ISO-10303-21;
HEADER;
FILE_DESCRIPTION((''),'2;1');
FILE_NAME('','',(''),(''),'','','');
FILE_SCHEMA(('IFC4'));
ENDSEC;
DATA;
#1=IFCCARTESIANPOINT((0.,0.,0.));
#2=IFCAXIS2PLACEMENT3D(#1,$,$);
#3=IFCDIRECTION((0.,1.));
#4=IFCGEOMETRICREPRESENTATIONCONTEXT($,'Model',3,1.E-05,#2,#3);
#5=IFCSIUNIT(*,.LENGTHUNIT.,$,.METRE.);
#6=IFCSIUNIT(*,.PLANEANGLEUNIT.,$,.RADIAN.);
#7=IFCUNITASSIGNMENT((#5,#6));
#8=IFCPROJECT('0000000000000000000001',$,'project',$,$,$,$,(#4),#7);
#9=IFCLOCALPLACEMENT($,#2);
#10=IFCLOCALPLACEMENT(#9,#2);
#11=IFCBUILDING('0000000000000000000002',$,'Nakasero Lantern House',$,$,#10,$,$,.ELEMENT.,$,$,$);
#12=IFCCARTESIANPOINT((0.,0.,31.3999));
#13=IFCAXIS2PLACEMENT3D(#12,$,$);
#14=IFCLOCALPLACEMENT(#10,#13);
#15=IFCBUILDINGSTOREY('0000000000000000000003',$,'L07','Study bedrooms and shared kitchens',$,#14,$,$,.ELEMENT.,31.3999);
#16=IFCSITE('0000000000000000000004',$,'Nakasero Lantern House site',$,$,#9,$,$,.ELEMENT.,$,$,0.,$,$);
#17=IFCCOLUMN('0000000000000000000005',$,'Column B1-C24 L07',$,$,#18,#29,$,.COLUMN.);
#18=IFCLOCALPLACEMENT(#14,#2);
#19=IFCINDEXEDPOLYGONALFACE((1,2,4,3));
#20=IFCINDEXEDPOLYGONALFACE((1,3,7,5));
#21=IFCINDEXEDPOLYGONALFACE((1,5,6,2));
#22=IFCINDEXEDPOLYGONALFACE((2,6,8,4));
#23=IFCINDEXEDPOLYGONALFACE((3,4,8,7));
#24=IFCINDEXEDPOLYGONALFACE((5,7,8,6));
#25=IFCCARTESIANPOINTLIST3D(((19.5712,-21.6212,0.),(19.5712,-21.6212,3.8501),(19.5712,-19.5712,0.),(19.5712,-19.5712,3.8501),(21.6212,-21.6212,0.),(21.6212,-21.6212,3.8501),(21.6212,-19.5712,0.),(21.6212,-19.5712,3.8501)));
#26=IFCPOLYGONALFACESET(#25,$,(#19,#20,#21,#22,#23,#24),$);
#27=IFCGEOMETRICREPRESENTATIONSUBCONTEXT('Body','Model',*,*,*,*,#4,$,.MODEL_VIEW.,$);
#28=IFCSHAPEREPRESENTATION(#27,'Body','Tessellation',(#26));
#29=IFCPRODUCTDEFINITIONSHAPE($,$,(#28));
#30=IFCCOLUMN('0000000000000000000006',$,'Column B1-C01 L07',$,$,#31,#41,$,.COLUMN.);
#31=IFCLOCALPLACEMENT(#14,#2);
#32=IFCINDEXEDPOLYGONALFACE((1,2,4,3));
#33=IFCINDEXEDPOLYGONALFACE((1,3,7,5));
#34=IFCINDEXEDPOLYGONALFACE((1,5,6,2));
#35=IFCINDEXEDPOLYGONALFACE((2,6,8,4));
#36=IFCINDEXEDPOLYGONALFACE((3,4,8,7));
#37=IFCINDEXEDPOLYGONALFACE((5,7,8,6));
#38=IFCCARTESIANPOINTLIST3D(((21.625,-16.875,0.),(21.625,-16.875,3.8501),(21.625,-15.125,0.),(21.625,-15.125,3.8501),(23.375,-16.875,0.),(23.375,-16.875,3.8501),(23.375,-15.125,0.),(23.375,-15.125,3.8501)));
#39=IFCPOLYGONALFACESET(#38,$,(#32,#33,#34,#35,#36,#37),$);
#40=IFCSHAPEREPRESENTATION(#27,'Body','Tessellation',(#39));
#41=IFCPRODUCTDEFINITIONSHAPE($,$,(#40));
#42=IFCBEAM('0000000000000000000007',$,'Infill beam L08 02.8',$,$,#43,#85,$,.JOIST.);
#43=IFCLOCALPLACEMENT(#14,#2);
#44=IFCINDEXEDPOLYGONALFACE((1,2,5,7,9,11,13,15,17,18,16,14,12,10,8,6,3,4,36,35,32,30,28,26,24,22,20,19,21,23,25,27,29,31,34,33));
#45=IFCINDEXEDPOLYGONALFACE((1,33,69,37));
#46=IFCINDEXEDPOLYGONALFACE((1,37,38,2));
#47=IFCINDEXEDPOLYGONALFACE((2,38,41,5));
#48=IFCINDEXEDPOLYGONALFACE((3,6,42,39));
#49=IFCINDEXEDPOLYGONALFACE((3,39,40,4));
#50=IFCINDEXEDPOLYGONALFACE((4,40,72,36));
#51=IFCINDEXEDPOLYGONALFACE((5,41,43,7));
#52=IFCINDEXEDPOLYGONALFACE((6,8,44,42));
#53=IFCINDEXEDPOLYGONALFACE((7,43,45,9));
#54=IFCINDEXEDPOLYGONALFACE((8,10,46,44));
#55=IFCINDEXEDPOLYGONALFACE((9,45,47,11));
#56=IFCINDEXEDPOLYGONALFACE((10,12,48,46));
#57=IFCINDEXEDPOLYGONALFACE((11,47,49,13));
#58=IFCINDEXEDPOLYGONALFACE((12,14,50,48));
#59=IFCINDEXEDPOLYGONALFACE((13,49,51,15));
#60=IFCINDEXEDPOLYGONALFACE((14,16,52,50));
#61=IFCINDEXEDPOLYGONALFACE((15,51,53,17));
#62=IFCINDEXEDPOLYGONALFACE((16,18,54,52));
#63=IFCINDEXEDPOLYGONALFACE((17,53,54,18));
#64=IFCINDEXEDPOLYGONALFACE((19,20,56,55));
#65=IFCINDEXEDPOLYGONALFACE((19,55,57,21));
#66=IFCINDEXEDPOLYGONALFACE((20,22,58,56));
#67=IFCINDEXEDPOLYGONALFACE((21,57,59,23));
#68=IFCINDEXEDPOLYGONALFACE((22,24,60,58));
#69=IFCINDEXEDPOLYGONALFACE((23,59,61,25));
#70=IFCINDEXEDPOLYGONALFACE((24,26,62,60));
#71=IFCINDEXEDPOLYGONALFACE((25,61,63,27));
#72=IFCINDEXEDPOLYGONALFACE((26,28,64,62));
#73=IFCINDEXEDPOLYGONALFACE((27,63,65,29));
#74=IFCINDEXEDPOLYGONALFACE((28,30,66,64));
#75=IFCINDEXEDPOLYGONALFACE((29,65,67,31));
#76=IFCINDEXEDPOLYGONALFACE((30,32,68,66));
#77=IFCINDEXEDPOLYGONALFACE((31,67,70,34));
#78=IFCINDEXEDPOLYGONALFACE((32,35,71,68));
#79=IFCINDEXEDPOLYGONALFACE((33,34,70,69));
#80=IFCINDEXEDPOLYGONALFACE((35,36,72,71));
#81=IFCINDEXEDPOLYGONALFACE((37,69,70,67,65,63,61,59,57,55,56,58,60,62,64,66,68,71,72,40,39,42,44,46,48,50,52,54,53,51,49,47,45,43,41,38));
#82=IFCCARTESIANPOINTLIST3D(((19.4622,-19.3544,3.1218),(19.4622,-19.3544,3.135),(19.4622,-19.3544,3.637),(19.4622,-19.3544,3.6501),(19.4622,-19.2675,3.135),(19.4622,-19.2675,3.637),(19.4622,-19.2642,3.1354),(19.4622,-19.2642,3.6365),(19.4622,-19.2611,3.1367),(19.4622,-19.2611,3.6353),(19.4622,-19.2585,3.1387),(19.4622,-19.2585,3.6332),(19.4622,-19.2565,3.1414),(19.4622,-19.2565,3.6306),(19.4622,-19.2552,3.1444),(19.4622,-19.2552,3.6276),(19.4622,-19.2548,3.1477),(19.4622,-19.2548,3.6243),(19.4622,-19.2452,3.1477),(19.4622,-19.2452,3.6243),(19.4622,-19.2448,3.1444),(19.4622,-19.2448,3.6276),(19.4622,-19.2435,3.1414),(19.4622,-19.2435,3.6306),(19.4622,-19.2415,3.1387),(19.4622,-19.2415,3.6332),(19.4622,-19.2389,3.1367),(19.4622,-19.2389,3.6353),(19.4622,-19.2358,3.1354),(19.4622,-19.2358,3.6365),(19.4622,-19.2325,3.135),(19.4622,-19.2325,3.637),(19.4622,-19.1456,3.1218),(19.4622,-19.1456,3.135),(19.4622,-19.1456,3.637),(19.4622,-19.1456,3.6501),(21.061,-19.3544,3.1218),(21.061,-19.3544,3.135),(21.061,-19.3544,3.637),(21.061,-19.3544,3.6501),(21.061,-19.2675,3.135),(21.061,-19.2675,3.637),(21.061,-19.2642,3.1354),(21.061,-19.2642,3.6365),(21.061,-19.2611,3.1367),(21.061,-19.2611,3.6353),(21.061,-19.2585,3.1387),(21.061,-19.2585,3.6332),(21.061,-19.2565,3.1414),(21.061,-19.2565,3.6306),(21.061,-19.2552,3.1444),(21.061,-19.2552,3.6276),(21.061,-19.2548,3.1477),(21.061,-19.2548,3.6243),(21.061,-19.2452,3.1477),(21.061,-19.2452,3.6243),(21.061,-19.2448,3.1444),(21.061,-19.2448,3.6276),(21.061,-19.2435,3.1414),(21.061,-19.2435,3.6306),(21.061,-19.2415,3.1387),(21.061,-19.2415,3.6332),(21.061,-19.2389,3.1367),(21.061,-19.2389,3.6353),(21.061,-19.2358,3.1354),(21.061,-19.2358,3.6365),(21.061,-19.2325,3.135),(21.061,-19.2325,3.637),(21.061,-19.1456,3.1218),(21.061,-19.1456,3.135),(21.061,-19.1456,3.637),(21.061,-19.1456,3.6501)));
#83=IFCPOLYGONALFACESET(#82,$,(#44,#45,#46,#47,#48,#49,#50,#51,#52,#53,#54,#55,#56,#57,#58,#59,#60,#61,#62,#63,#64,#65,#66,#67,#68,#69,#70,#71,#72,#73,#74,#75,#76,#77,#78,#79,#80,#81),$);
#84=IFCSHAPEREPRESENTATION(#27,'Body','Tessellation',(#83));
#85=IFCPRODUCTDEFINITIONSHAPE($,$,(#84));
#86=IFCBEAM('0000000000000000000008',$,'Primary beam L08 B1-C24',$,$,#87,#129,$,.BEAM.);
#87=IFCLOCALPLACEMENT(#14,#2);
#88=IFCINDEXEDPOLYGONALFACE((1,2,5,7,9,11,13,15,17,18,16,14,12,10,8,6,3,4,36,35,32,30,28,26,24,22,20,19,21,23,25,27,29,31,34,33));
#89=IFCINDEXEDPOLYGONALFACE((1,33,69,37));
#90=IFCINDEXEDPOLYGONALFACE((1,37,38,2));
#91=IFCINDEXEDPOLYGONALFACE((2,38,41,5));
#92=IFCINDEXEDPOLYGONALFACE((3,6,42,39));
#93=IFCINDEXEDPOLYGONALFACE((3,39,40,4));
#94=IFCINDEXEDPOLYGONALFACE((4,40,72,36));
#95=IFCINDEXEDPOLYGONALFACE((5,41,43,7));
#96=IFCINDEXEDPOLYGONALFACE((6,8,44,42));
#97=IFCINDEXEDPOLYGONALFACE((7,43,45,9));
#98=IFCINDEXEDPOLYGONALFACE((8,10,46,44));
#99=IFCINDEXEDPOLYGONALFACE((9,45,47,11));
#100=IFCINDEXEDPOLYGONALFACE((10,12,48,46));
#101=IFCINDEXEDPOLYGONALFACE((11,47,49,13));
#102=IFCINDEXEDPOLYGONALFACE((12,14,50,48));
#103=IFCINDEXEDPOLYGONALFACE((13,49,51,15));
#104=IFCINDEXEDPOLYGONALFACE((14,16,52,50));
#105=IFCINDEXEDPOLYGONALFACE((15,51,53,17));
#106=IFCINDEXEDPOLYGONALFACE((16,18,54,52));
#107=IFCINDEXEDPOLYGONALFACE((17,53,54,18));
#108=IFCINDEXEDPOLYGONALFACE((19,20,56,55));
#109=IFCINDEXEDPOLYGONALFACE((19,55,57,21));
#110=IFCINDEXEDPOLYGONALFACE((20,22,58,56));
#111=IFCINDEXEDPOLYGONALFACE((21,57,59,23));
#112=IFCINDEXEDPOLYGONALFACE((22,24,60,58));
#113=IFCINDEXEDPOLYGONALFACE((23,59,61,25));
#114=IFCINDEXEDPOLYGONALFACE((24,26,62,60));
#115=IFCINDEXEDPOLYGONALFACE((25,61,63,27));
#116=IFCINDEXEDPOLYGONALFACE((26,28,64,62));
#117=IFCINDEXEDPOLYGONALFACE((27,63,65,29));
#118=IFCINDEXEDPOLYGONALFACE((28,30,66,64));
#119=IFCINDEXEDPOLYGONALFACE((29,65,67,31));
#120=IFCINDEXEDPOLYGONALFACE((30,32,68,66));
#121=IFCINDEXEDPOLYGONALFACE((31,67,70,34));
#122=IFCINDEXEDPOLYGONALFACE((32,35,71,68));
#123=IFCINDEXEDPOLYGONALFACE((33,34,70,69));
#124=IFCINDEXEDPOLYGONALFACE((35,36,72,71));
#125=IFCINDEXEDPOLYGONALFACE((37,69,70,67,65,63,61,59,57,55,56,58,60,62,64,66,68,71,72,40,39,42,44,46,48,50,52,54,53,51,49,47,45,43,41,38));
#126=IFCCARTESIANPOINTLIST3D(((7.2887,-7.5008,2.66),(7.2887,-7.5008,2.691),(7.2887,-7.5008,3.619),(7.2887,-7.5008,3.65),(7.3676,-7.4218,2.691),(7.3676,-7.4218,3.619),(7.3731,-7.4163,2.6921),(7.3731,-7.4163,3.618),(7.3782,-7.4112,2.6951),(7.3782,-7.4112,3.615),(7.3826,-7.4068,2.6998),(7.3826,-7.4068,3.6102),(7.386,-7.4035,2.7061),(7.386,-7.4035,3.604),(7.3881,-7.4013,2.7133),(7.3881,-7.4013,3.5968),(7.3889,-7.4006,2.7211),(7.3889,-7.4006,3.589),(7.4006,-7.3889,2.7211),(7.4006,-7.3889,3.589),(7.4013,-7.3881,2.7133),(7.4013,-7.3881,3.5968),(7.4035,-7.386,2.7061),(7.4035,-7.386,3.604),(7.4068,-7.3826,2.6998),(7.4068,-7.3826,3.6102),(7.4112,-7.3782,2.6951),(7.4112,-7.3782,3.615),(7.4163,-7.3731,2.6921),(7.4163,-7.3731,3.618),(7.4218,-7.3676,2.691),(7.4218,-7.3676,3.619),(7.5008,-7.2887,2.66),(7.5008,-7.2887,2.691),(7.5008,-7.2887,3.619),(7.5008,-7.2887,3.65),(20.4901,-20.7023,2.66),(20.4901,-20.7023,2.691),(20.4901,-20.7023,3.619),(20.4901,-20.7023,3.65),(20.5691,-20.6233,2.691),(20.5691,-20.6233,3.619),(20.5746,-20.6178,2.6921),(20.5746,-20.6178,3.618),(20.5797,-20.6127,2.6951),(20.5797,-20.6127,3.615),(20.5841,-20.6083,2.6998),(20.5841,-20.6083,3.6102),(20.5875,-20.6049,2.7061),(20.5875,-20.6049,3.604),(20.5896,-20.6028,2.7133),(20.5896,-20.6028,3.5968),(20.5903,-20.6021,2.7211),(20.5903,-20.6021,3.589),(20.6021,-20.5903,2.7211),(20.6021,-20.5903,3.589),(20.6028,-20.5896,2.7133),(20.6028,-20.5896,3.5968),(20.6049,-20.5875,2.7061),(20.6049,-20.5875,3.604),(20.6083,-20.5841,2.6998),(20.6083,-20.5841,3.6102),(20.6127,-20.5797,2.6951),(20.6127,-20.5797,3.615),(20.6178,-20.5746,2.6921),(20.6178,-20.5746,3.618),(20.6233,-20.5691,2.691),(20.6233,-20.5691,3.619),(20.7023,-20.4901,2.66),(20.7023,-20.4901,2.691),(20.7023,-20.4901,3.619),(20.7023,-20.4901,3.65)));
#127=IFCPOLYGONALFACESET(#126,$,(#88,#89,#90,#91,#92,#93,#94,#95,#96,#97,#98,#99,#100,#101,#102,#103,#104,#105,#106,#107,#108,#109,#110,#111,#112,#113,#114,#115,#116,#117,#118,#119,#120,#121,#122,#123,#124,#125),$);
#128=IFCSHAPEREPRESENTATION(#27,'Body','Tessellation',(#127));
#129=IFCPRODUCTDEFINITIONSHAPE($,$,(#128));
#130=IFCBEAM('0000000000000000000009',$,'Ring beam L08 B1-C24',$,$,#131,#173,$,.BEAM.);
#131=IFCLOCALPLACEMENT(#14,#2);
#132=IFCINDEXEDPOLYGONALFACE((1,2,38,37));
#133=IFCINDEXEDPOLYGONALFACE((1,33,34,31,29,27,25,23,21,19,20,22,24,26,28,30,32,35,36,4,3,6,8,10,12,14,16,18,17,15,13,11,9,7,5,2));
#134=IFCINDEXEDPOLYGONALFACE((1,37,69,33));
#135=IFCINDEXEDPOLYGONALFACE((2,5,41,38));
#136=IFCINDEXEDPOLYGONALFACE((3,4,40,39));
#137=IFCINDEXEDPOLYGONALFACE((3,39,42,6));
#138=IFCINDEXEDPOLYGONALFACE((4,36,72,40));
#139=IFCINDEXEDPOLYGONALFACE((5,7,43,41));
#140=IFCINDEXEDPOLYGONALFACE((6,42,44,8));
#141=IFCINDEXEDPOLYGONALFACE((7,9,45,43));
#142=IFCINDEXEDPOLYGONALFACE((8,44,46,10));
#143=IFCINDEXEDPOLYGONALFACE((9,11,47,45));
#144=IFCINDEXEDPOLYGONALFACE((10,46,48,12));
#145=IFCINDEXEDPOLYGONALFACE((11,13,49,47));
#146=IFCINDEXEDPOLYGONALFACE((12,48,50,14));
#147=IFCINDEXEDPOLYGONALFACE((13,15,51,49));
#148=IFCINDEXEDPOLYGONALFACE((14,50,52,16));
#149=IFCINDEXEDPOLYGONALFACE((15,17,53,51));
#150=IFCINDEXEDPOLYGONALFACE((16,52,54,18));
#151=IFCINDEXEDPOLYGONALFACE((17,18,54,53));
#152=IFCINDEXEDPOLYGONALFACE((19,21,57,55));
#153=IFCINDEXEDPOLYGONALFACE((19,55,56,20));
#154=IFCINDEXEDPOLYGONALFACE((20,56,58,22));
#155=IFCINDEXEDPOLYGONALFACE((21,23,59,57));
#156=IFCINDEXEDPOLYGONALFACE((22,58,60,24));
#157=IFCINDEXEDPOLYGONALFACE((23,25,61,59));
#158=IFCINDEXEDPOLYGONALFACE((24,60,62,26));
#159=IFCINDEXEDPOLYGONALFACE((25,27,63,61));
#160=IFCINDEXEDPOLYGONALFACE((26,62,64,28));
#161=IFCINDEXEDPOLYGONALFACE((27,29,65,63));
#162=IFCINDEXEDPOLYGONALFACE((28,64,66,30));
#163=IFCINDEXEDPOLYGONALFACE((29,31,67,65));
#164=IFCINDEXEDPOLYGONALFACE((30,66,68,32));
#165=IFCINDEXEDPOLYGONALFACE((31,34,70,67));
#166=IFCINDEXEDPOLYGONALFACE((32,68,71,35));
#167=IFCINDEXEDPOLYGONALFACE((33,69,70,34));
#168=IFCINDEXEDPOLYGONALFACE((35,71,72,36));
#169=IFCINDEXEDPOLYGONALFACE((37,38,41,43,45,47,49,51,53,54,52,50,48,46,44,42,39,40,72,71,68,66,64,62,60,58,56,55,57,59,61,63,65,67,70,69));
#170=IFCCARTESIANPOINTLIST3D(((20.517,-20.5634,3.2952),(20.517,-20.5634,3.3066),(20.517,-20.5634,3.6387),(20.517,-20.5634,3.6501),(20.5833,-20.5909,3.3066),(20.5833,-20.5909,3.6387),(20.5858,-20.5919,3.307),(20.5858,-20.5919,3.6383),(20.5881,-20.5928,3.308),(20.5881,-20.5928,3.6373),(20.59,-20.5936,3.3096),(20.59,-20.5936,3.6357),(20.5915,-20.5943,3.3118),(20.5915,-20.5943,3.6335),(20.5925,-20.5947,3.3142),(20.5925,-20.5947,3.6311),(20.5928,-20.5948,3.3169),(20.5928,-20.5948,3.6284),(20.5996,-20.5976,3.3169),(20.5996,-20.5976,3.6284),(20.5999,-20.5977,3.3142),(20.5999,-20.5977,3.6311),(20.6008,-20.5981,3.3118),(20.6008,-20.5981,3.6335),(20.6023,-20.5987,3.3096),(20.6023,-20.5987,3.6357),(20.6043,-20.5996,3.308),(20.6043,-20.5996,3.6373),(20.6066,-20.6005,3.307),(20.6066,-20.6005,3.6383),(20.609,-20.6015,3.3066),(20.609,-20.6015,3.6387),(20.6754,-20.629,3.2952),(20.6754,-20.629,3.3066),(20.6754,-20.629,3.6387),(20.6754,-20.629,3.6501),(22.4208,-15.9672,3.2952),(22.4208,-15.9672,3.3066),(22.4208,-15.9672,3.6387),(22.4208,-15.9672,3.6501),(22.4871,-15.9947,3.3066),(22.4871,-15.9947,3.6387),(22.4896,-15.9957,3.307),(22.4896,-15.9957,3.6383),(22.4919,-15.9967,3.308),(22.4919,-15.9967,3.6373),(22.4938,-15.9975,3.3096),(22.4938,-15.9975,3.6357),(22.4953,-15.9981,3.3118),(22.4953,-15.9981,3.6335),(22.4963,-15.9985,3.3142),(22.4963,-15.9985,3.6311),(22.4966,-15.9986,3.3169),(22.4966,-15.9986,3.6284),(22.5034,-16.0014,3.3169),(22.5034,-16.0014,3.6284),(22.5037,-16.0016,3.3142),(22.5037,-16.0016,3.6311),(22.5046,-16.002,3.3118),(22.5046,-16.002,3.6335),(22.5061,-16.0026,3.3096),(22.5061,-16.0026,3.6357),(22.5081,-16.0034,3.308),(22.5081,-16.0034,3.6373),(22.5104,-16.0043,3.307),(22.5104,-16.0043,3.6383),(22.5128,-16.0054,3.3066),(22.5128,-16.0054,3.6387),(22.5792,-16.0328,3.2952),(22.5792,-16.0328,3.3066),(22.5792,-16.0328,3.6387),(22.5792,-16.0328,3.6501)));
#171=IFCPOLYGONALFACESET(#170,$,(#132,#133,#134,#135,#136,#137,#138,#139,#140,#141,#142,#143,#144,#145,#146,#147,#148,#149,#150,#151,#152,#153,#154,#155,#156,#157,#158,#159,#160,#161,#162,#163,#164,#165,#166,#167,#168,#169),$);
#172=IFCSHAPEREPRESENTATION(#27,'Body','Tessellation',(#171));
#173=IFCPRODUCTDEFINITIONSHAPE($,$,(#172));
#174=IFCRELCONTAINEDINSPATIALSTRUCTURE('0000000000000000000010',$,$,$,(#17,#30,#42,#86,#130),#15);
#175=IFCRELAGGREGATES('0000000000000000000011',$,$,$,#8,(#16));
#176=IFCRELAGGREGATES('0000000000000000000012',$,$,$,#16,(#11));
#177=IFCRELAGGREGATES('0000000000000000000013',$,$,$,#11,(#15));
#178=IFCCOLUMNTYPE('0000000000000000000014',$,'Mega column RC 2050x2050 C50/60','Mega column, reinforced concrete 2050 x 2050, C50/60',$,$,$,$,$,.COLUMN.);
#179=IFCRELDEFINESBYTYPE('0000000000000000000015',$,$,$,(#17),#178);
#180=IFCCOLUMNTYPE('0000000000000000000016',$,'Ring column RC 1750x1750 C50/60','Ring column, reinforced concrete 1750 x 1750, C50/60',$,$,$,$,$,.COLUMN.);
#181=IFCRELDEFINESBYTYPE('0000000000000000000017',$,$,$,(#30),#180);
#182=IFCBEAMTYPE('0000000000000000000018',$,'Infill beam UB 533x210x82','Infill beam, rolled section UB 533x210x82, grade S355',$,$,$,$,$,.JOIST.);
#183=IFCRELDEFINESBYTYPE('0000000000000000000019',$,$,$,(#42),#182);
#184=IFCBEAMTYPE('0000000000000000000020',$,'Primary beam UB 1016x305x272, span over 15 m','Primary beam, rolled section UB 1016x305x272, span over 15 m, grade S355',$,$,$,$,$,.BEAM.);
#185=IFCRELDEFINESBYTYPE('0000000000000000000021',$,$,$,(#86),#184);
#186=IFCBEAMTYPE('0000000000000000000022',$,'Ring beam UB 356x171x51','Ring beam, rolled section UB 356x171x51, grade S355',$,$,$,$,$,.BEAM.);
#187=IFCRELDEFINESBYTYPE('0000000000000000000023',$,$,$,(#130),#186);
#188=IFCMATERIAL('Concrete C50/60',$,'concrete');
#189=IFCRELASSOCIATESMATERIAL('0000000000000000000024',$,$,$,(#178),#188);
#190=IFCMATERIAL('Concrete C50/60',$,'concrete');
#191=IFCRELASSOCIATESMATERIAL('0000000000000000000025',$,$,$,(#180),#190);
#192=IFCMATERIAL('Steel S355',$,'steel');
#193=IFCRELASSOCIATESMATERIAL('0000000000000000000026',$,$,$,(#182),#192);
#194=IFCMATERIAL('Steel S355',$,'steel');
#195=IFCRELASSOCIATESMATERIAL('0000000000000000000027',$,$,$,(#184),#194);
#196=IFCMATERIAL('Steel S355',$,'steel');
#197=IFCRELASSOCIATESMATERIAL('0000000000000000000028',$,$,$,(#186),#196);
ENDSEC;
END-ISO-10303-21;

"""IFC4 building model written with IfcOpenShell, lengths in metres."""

from ifc_helpers import new_model, si_unit, direction, frame, origin, origin_2d, place, context, subcontext, project, spatial, rectangle, i_section, extrude, material, material_profile, profile_set, type_object, element, save


model = new_model("IFC4")

# Units and contexts
model_context = context("Model", 3, precision=1e-05, world=origin(), true_north=direction((0.0, 1.0)))
body_context = subcontext(model_context, "Body", "Model", "MODEL_VIEW")
ifc_project = project(units=[si_unit("LENGTHUNIT", "METRE"), si_unit("PLANEANGLEUNIT", "RADIAN")], contexts=[model_context])

# Site, building, storey
site_placement = place(None, origin())
site = spatial("IfcSite", under=ifc_project, at=site_placement, Name="Nakasero Lantern House site", CompositionType="ELEMENT", RefElevation=0.0)
building_placement = place(site_placement, origin())
building = spatial("IfcBuilding", under=site, at=building_placement, Name="Nakasero Lantern House", CompositionType="ELEMENT")
storey_placement = place(building_placement, frame((0.0, 0.0, 31.3999)))
storey = spatial("IfcBuildingStorey", under=building, at=storey_placement, Name="L07", Description="Study bedrooms and shared kitchens", CompositionType="ELEMENT", Elevation=31.3999)

# Columns
ifc_material_1 = material(Name="Concrete C50/60", Category="concrete")
ifc_material_profile_1 = material_profile(ifc_material_1, rectangle(XDim=2.05, YDim=2.05, at=origin_2d()), Name="RC 2050x2050")
ifc_profile_set_1 = profile_set([ifc_material_profile_1], Name="Concrete C50/60")
column_type_1 = type_object("IfcColumnType", Name="Mega column RC 2050x2050 C50/60", Description="Mega column, reinforced concrete 2050 x 2050, C50/60", PredefinedType="COLUMN", material=ifc_profile_set_1)
column_1_placement = place(storey_placement, frame((20.5962, -20.5962, 0.0), z_axis=(0.0, 0.0, 1.0), x_axis=(1.0, 0.0, 0.0)))
element("IfcColumn", 1, at=column_1_placement, inside=storey, type_object=column_type_1, Name="Column B1-C24 L07", PredefinedType="COLUMN", context=body_context, shape_type="SweptSolid", body=[
    extrude(rectangle(XDim=2.05, YDim=2.05, at=origin_2d()), origin(), (0.0, 0.0, 1.0), 3.8501),
])
ifc_material_2 = material(Name="Concrete C50/60", Category="concrete")
ifc_material_profile_2 = material_profile(ifc_material_2, rectangle(XDim=1.75, YDim=1.75, at=origin_2d()), Name="RC 1750x1750")
ifc_profile_set_2 = profile_set([ifc_material_profile_2], Name="Concrete C50/60")
column_type_2 = type_object("IfcColumnType", Name="Ring column RC 1750x1750 C50/60", Description="Ring column, reinforced concrete 1750 x 1750, C50/60", PredefinedType="COLUMN", material=ifc_profile_set_2)
column_2_placement = place(storey_placement, frame((22.5, -16.0, 0.0), z_axis=(0.0, 0.0, 1.0), x_axis=(1.0, 0.0, 0.0)))
element("IfcColumn", 2, at=column_2_placement, inside=storey, type_object=column_type_2, Name="Column B1-C01 L07", PredefinedType="COLUMN", context=body_context, shape_type="SweptSolid", body=[
    extrude(rectangle(XDim=1.75, YDim=1.75, at=origin_2d()), origin(), (0.0, 0.0, 1.0), 3.8501),
])

# Beams
ifc_material_3 = material(Name="Steel S355", Category="steel")
ifc_material_profile_3 = material_profile(ifc_material_3, i_section(OverallWidth=0.2087, OverallDepth=0.5283, WebThickness=0.0095, FlangeThickness=0.0132, FilletRadius=0.0127, at=origin_2d()), Name="UB 533x210x82")
ifc_profile_set_3 = profile_set([ifc_material_profile_3], Name="Steel S355")
beam_type_1 = type_object("IfcBeamType", Name="Infill beam UB 533x210x82", Description="Infill beam, rolled section UB 533x210x82, grade S355", PredefinedType="JOIST", material=ifc_profile_set_3)
beam_1_placement = place(storey_placement, frame((19.4622, -19.25, 3.386), z_axis=(1.0, 0.0, 0.0), x_axis=(0.0, 1.0, 0.0)))
element("IfcBeam", 3, at=beam_1_placement, inside=storey, type_object=beam_type_1, Name="Infill beam L08 02.8", PredefinedType="JOIST", context=body_context, shape_type="SweptSolid", body=[
    extrude(i_section(OverallWidth=0.2087, OverallDepth=0.5283, WebThickness=0.0095, FlangeThickness=0.0132, FilletRadius=0.0127, at=origin_2d()), origin(), (0.0, 0.0, 1.0), 1.5989),
])
ifc_material_4 = material(Name="Steel S355", Category="steel")
ifc_material_profile_4 = material_profile(ifc_material_4, i_section(OverallWidth=0.3, OverallDepth=0.99, WebThickness=0.0166, FlangeThickness=0.031, FilletRadius=0.03, at=origin_2d()), Name="UB 1016x305x272")
ifc_profile_set_4 = profile_set([ifc_material_profile_4], Name="Steel S355")
beam_type_2 = type_object("IfcBeamType", Name="Primary beam UB 1016x305x272, span over 15 m", Description="Primary beam, rolled section UB 1016x305x272, span over 15 m, grade S355", PredefinedType="BEAM", material=ifc_profile_set_4)
beam_2_placement = place(storey_placement, frame((20.5962, -20.5962, 3.155), z_axis=(-0.707107, 0.707107, 0.0), x_axis=(-0.707107, -0.707107, 0.0)))
element("IfcBeam", 4, at=beam_2_placement, inside=storey, type_object=beam_type_2, Name="Primary beam L08 B1-C24", PredefinedType="BEAM", context=body_context, shape_type="SweptSolid", body=[
    extrude(i_section(OverallWidth=0.3, OverallDepth=0.99, WebThickness=0.0166, FlangeThickness=0.031, FilletRadius=0.03, at=origin_2d()), origin(), (0.0, 0.0, 1.0), 18.6697),
])
ifc_material_5 = material(Name="Steel S355", Category="steel")
ifc_material_profile_5 = material_profile(ifc_material_5, i_section(OverallWidth=0.1714, OverallDepth=0.355, WebThickness=0.0073, FlangeThickness=0.0115, FilletRadius=0.0103, at=origin_2d()), Name="UB 356x171x51")
ifc_profile_set_5 = profile_set([ifc_material_profile_5], Name="Steel S355")
beam_type_3 = type_object("IfcBeamType", Name="Ring beam UB 356x171x51", Description="Ring beam, rolled section UB 356x171x51, grade S355", PredefinedType="BEAM", material=ifc_profile_set_5)
beam_3_placement = place(storey_placement, frame((20.5962, -20.5962, 3.4727), z_axis=(0.382684, 0.923879, 0.0), x_axis=(-0.923879, 0.382684, 0.0)))
element("IfcBeam", 5, at=beam_3_placement, inside=storey, type_object=beam_type_3, Name="Ring beam L08 B1-C24", PredefinedType="BEAM", context=body_context, shape_type="SweptSolid", body=[
    extrude(i_section(OverallWidth=0.1714, OverallDepth=0.355, WebThickness=0.0073, FlangeThickness=0.0115, FilletRadius=0.0103, at=origin_2d()), origin(), (0.0, 0.0, 1.0), 4.9749),
])

save(model, "model.ifc")
